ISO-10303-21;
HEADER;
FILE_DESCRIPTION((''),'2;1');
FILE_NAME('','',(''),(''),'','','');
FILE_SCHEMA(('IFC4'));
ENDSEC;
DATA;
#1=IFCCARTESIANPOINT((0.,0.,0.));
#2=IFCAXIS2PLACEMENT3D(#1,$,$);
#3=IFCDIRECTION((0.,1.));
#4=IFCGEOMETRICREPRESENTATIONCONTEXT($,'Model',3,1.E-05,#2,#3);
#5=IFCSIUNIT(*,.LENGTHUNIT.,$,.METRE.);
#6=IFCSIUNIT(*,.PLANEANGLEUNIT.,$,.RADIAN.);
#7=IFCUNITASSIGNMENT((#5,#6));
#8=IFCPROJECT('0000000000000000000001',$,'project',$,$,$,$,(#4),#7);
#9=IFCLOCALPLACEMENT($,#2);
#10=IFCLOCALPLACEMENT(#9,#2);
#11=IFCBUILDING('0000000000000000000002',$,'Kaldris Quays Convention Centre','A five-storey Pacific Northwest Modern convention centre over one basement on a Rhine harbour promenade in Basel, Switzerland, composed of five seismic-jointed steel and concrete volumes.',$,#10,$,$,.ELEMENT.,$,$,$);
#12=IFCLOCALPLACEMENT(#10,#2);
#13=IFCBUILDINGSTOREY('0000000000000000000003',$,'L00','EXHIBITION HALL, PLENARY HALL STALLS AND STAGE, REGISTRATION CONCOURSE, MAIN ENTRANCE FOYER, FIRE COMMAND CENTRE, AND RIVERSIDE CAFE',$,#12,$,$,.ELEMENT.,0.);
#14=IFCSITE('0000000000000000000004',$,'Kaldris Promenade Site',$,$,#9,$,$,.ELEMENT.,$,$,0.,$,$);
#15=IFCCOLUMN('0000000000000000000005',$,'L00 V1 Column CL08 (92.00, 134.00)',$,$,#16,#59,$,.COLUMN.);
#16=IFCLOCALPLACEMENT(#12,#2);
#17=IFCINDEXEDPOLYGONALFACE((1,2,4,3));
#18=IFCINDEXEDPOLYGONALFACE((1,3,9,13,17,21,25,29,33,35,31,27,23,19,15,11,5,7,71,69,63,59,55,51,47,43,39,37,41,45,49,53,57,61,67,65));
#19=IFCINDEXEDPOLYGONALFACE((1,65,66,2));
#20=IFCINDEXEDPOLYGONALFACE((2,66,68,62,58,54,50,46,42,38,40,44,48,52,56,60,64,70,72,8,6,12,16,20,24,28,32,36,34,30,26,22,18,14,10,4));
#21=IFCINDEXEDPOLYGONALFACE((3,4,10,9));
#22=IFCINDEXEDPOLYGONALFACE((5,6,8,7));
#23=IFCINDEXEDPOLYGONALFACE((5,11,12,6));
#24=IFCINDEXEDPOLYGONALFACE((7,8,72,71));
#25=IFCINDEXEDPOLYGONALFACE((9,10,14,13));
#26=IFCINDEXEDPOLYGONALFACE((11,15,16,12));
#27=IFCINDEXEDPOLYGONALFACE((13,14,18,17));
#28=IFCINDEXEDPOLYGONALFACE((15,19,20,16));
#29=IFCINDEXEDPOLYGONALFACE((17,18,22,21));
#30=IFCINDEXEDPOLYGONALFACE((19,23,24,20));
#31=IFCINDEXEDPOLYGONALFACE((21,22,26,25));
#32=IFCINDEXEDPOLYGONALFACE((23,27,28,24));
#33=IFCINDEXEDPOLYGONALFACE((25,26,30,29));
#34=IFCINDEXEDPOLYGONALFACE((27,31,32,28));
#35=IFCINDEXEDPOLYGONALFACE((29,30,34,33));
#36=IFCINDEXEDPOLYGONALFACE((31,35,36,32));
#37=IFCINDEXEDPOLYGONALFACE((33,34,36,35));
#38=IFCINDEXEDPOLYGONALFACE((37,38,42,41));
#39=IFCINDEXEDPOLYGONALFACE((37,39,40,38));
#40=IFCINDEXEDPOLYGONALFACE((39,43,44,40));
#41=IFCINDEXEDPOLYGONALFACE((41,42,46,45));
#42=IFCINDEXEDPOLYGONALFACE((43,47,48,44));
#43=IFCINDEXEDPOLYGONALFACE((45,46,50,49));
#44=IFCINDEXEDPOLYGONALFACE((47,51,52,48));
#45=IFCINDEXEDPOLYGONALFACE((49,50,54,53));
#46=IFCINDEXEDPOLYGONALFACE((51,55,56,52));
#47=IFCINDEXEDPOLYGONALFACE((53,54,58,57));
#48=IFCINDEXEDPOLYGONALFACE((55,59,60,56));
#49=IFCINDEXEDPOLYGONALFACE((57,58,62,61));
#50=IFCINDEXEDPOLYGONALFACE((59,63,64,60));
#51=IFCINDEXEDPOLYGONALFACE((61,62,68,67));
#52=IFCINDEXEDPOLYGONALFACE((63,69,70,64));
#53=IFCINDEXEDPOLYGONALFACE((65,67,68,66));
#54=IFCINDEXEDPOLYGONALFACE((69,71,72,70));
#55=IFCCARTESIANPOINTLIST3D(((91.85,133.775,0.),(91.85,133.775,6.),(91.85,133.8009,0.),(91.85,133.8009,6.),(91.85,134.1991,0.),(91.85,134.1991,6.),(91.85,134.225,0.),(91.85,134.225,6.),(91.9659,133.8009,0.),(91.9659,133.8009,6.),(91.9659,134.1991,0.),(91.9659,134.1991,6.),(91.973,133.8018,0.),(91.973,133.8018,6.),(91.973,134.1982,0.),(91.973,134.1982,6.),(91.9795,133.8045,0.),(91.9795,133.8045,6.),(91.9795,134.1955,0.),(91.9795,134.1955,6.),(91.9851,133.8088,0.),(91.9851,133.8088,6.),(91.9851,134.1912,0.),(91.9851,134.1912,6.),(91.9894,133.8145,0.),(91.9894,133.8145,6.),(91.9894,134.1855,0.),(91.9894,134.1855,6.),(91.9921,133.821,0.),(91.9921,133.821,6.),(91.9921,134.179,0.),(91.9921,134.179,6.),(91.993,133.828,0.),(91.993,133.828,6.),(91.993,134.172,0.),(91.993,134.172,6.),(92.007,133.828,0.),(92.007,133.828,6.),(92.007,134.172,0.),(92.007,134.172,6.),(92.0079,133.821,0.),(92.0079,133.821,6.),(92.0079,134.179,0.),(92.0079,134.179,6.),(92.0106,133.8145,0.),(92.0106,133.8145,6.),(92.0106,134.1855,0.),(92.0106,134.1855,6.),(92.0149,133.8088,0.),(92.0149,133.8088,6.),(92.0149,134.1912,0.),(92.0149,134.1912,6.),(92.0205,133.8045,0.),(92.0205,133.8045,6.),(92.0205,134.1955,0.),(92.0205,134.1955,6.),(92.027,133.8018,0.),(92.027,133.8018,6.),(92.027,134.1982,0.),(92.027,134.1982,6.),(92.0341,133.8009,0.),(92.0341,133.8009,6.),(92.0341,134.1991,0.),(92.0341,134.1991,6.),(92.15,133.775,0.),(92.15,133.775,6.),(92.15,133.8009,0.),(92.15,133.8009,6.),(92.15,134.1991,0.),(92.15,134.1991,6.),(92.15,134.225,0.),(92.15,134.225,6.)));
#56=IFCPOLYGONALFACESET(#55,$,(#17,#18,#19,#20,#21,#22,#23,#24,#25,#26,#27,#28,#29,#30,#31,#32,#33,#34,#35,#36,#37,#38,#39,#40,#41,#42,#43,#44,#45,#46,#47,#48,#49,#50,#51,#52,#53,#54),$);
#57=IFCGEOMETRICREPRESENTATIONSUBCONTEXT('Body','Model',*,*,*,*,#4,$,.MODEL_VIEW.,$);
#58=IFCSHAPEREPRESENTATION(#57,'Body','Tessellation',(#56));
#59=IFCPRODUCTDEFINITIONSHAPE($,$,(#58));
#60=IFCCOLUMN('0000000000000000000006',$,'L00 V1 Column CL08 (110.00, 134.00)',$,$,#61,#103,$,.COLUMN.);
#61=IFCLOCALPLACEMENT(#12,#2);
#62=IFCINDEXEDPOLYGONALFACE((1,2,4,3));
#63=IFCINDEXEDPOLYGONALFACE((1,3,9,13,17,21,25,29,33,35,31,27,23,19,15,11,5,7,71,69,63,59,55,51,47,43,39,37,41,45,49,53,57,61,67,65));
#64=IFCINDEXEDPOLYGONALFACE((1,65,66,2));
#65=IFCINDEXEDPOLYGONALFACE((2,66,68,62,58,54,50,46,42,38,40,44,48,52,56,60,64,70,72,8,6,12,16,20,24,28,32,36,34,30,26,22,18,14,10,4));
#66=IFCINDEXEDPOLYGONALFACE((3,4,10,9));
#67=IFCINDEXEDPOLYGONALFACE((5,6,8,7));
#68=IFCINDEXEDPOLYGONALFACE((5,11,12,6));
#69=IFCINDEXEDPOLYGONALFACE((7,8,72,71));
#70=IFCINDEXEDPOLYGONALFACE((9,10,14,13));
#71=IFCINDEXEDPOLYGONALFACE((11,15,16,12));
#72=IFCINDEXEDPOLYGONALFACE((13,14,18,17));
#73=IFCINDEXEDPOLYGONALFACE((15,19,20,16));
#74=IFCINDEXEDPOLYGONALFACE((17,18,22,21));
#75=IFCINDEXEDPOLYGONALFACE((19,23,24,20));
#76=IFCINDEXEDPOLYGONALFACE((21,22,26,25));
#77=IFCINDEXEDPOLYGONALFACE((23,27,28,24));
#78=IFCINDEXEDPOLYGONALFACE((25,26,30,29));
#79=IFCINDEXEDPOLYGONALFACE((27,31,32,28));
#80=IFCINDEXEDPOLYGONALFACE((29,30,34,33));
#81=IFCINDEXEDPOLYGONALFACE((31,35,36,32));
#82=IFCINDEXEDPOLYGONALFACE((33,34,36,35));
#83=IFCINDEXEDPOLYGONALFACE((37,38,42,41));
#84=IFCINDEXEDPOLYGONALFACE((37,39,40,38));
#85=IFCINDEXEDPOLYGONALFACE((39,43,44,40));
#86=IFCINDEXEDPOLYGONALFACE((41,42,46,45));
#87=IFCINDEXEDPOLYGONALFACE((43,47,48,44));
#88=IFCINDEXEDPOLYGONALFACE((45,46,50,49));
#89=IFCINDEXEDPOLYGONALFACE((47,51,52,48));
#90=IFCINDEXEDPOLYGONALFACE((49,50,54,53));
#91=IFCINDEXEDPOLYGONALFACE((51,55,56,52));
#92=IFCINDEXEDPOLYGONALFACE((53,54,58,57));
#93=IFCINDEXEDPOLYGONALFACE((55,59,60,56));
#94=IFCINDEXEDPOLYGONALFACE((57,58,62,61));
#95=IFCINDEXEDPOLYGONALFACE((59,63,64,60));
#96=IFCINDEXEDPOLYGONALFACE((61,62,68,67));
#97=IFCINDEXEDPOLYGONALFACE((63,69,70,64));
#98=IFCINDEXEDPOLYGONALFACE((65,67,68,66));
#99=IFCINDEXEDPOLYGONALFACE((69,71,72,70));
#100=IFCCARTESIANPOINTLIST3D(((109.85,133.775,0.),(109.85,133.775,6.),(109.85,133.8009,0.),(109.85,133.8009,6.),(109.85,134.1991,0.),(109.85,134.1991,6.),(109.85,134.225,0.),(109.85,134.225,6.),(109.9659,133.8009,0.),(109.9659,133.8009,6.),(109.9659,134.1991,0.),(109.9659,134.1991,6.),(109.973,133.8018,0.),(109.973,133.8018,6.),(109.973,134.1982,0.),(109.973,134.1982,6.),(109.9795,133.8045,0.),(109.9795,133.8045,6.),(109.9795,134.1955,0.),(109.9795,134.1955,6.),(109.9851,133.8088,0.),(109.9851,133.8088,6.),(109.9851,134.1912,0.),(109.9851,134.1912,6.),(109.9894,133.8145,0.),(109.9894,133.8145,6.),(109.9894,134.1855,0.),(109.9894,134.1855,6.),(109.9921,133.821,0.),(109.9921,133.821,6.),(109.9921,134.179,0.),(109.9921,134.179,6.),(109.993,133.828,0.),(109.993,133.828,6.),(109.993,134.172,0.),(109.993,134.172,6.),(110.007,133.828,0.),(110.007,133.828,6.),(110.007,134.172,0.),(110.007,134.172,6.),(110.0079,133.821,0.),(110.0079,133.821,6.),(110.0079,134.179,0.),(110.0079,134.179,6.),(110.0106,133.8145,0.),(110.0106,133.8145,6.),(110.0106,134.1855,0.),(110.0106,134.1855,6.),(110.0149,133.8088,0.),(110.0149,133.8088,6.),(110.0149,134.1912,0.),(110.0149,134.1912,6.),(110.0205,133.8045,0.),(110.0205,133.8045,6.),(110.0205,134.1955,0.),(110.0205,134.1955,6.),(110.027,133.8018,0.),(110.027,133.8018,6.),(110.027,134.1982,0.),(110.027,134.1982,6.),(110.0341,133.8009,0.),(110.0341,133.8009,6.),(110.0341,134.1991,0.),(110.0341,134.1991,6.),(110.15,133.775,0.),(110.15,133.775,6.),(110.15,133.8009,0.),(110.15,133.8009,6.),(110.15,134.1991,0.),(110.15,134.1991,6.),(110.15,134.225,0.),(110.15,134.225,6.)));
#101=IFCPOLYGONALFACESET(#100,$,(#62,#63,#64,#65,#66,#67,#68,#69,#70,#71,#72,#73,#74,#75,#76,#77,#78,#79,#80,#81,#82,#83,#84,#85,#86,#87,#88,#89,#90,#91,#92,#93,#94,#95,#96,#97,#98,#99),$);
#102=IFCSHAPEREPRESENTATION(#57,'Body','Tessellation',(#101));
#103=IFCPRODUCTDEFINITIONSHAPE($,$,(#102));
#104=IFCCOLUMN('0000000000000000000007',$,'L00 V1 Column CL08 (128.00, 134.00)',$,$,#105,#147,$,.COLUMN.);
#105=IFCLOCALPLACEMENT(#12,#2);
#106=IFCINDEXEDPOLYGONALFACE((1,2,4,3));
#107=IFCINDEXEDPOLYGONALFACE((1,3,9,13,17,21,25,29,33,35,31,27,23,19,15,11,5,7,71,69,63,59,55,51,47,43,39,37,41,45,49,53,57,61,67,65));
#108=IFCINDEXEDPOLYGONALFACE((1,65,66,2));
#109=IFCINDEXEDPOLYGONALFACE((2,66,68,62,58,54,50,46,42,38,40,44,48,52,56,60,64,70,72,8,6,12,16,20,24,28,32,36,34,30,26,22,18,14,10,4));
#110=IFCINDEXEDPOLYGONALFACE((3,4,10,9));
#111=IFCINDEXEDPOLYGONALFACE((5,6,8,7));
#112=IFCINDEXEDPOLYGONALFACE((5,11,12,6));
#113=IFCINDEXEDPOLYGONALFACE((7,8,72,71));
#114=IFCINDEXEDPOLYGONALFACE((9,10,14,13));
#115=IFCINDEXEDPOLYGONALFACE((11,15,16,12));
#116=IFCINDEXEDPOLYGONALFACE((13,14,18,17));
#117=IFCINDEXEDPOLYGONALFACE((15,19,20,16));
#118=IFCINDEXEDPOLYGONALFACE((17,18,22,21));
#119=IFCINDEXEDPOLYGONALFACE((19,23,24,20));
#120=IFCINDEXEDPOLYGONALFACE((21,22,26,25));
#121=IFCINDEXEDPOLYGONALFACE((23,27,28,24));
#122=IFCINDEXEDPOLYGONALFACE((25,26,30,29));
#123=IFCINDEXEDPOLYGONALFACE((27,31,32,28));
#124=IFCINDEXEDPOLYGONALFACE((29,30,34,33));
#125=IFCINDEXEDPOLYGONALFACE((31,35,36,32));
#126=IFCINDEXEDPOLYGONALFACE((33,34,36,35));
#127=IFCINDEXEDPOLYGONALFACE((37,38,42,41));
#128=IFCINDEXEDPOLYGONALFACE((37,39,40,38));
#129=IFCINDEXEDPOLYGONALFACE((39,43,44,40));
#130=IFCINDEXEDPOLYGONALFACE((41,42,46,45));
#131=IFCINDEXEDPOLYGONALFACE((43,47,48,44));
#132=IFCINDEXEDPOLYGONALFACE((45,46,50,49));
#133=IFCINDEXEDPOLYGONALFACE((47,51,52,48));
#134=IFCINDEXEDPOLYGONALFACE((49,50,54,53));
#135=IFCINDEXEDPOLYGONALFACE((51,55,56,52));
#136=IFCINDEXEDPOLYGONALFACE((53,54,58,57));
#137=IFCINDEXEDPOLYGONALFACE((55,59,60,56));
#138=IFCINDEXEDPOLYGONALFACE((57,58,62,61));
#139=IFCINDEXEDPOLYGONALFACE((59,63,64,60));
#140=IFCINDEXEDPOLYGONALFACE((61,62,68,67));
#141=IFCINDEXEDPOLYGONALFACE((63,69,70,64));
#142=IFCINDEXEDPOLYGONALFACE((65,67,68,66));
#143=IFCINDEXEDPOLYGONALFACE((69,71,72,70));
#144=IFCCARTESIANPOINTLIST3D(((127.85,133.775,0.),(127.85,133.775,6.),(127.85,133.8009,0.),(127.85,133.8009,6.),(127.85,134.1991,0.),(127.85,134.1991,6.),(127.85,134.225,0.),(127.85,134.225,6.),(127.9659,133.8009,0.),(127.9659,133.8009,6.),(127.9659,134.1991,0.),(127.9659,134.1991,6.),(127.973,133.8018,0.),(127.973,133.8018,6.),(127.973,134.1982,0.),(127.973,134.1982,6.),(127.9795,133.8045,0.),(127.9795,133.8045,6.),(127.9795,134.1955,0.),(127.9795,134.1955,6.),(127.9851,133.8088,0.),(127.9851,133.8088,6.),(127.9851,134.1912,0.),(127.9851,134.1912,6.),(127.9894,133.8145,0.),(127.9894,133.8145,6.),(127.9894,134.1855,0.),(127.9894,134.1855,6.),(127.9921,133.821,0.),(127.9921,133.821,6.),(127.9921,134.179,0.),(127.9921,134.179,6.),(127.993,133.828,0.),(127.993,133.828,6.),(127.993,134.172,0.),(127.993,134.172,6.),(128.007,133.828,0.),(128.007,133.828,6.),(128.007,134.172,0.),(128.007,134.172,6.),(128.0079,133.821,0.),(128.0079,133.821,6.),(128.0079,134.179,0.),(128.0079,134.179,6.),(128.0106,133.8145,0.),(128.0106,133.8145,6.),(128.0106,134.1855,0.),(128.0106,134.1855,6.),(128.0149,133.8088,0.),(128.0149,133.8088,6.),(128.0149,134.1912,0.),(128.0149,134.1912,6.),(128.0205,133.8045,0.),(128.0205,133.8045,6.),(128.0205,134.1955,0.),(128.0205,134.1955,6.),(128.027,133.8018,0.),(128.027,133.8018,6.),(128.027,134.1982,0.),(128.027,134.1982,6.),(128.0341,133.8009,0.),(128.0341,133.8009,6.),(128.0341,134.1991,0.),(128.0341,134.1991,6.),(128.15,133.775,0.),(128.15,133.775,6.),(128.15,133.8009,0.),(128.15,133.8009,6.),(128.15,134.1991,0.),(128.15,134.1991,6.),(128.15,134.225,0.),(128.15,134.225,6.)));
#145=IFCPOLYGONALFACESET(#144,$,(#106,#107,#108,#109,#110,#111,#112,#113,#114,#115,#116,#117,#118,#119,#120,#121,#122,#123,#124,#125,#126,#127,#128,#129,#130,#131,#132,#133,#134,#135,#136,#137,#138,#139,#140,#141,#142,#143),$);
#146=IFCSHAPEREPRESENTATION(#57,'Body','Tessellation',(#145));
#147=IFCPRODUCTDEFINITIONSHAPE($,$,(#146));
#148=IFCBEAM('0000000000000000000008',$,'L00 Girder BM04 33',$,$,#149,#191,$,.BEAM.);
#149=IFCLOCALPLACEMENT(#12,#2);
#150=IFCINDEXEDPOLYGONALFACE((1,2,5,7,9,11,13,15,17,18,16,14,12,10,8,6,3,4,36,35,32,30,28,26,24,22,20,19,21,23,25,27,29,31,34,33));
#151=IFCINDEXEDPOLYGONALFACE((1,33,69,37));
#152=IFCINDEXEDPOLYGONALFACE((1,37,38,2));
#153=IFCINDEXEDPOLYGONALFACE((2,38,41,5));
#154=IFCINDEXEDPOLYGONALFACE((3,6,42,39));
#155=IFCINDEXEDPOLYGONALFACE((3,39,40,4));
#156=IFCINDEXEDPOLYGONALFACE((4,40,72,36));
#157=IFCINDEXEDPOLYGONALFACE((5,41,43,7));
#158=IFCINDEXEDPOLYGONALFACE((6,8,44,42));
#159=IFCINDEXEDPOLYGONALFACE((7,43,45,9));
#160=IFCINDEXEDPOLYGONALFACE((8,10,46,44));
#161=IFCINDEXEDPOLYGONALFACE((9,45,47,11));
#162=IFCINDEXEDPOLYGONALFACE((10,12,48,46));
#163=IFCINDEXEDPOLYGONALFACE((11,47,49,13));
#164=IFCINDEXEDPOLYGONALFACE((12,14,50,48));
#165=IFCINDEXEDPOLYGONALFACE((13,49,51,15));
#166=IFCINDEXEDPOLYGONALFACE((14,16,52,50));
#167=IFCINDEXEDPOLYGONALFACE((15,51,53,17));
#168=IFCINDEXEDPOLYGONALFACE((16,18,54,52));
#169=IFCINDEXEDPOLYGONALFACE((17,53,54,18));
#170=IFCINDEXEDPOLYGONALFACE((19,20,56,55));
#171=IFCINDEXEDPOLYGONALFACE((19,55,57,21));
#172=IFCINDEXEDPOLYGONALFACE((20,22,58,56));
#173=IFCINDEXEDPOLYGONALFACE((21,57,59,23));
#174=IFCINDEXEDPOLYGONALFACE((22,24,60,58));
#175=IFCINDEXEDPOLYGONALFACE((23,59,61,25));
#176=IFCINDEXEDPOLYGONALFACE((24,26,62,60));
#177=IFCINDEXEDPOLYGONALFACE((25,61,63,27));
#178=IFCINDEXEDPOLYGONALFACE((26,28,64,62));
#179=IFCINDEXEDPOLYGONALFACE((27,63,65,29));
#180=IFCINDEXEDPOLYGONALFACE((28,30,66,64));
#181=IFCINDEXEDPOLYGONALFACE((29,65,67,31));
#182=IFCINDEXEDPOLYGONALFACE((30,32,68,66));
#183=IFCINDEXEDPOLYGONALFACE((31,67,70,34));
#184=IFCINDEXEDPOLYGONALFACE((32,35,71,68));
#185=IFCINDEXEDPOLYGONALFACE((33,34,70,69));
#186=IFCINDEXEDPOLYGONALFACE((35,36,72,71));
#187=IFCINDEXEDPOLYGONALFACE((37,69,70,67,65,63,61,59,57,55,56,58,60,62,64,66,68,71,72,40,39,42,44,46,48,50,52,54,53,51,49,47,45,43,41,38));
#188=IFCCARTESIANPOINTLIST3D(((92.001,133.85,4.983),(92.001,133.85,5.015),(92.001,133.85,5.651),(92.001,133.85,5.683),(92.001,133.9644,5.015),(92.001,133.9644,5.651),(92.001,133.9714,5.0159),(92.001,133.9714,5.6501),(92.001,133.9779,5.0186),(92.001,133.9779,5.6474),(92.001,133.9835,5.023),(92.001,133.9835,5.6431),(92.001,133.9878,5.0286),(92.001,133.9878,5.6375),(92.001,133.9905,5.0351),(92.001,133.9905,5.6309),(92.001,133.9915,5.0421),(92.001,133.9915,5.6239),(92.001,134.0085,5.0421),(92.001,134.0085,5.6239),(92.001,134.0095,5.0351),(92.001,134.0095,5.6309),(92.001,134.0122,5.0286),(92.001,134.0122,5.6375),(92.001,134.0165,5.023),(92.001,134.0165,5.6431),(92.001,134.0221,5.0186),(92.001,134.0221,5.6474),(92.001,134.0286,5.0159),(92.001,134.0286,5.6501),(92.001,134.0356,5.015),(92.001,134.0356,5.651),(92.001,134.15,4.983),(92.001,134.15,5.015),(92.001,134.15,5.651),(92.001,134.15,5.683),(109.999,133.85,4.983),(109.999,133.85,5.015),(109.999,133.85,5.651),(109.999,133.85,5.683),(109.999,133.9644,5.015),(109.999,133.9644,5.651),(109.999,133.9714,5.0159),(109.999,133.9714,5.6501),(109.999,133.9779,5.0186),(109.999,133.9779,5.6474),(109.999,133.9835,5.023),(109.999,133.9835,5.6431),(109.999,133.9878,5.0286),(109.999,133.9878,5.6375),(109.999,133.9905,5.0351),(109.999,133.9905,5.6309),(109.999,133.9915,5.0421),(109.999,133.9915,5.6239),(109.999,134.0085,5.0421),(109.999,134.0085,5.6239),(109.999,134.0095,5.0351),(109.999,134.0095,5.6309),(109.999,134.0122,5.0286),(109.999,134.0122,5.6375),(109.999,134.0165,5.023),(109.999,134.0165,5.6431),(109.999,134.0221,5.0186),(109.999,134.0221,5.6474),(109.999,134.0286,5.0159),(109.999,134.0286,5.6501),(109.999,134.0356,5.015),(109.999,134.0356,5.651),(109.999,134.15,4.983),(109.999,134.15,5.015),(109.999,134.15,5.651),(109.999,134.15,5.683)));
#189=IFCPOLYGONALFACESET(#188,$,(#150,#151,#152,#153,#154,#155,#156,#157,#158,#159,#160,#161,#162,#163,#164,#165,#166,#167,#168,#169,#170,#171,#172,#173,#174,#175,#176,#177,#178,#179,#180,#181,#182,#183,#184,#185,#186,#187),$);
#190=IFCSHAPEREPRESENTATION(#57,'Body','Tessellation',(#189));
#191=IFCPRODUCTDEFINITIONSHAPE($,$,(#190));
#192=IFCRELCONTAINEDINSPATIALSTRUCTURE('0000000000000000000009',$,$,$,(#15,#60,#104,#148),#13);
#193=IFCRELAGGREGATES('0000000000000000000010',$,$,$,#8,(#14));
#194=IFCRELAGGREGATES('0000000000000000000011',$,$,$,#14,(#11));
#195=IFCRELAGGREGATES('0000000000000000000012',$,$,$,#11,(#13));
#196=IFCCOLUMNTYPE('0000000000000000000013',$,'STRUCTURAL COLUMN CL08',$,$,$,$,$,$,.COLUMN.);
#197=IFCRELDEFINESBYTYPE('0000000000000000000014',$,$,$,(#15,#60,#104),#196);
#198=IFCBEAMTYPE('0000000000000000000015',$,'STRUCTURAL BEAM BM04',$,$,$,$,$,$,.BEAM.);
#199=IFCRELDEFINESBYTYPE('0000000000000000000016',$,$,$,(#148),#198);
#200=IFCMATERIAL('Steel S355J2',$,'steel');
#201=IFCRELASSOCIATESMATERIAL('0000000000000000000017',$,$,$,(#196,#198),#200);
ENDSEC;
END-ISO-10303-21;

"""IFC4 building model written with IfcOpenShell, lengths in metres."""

from ifc_helpers import new_model, si_unit, direction, frame, origin, origin_2d, place, context, subcontext, project, spatial, i_section, extrude, material, material_profile, profile_set, type_object, element, save


model = new_model("IFC4")

# Units and contexts
model_context = context("Model", 3, precision=1e-05, world=origin(), true_north=direction((0.0, 1.0)))
body_context = subcontext(model_context, "Body", "Model", "MODEL_VIEW")
ifc_project = project(units=[si_unit("LENGTHUNIT", "METRE"), si_unit("PLANEANGLEUNIT", "RADIAN")], contexts=[model_context])

# Site, building, storey
site_placement = place(None, origin())
site = spatial("IfcSite", under=ifc_project, at=site_placement, Name="Kaldris Promenade Site", CompositionType="ELEMENT", RefElevation=0.0)
building_placement = place(site_placement, origin())
building = spatial("IfcBuilding", under=site, at=building_placement, Name="Kaldris Quays Convention Centre", Description="A five-storey Pacific Northwest Modern convention centre over one basement on a Rhine harbour promenade in Basel, Switzerland, composed of five seismic-jointed steel and concrete volumes.", CompositionType="ELEMENT")
storey_placement = place(building_placement, origin())
storey = spatial("IfcBuildingStorey", under=building, at=storey_placement, Name="L00", Description="EXHIBITION HALL, PLENARY HALL STALLS AND STAGE, REGISTRATION CONCOURSE, MAIN ENTRANCE FOYER, FIRE COMMAND CENTRE, AND RIVERSIDE CAFE", CompositionType="ELEMENT", Elevation=0.0)

# Columns
ifc_material_1 = material(Name="Steel S355J2", Category="steel")
ifc_material_profile_1 = material_profile(ifc_material_1, i_section(OverallWidth=0.3, OverallDepth=0.45, WebThickness=0.0139, FlangeThickness=0.0259, FilletRadius=0.0271, at=origin_2d()), Name="HEB 450")
ifc_profile_set_1 = profile_set([ifc_material_profile_1], Name="Steel S355J2")
column_type_1 = type_object("IfcColumnType", Name="STRUCTURAL COLUMN CL08", PredefinedType="COLUMN", material=ifc_profile_set_1)
for number, where, z_axis, x_axis, name in (
    (1, (92.0, 134.0, 0.0), (0.0, 0.0, 1.0), (1.0, 0.0, 0.0), "L00 V1 Column CL08 (92.00, 134.00)"),
    (2, (110.0, 134.0, 0.0), (0.0, 0.0, 1.0), (1.0, 0.0, 0.0), "L00 V1 Column CL08 (110.00, 134.00)"),
    (3, (128.0, 134.0, 0.0), (0.0, 0.0, 1.0), (1.0, 0.0, 0.0), "L00 V1 Column CL08 (128.00, 134.00)"),
):
    element("IfcColumn", number, at=place(storey_placement, frame(where, z_axis=z_axis, x_axis=x_axis)), inside=storey, type_object=column_type_1, Name=name, PredefinedType="COLUMN", context=body_context, shape_type="SweptSolid", body=[
        extrude(i_section(OverallWidth=0.3, OverallDepth=0.45, WebThickness=0.0139, FlangeThickness=0.0259, FilletRadius=0.0271, at=origin_2d()), origin(), (0.0, 0.0, 1.0), 6.0),
    ])

# Beam
ifc_material_profile_2 = material_profile(ifc_material_1, i_section(OverallWidth=0.3, OverallDepth=0.7, WebThickness=0.0171, FlangeThickness=0.032, FilletRadius=0.0271, at=origin_2d()), Name="HEB 700")
ifc_profile_set_2 = profile_set([ifc_material_profile_2], Name="Steel S355J2")
beam_type_1 = type_object("IfcBeamType", Name="STRUCTURAL BEAM BM04", PredefinedType="BEAM", material=ifc_profile_set_2)
for number, where, z_axis, x_axis, name in (
    (4, (92.001, 134.0, 5.333), (1.0, 0.0, 0.0), (0.0, 1.0, 0.0), "L00 Girder BM04 33"),
):
    element("IfcBeam", number, at=place(storey_placement, frame(where, z_axis=z_axis, x_axis=x_axis)), inside=storey, type_object=beam_type_1, Name=name, PredefinedType="BEAM", context=body_context, shape_type="SweptSolid", body=[
        extrude(i_section(OverallWidth=0.3, OverallDepth=0.7, WebThickness=0.0171, FlangeThickness=0.032, FilletRadius=0.0271, at=origin_2d()), origin(), (0.0, 0.0, 1.0), 17.998),
    ])

save(model, "model.ifc")
